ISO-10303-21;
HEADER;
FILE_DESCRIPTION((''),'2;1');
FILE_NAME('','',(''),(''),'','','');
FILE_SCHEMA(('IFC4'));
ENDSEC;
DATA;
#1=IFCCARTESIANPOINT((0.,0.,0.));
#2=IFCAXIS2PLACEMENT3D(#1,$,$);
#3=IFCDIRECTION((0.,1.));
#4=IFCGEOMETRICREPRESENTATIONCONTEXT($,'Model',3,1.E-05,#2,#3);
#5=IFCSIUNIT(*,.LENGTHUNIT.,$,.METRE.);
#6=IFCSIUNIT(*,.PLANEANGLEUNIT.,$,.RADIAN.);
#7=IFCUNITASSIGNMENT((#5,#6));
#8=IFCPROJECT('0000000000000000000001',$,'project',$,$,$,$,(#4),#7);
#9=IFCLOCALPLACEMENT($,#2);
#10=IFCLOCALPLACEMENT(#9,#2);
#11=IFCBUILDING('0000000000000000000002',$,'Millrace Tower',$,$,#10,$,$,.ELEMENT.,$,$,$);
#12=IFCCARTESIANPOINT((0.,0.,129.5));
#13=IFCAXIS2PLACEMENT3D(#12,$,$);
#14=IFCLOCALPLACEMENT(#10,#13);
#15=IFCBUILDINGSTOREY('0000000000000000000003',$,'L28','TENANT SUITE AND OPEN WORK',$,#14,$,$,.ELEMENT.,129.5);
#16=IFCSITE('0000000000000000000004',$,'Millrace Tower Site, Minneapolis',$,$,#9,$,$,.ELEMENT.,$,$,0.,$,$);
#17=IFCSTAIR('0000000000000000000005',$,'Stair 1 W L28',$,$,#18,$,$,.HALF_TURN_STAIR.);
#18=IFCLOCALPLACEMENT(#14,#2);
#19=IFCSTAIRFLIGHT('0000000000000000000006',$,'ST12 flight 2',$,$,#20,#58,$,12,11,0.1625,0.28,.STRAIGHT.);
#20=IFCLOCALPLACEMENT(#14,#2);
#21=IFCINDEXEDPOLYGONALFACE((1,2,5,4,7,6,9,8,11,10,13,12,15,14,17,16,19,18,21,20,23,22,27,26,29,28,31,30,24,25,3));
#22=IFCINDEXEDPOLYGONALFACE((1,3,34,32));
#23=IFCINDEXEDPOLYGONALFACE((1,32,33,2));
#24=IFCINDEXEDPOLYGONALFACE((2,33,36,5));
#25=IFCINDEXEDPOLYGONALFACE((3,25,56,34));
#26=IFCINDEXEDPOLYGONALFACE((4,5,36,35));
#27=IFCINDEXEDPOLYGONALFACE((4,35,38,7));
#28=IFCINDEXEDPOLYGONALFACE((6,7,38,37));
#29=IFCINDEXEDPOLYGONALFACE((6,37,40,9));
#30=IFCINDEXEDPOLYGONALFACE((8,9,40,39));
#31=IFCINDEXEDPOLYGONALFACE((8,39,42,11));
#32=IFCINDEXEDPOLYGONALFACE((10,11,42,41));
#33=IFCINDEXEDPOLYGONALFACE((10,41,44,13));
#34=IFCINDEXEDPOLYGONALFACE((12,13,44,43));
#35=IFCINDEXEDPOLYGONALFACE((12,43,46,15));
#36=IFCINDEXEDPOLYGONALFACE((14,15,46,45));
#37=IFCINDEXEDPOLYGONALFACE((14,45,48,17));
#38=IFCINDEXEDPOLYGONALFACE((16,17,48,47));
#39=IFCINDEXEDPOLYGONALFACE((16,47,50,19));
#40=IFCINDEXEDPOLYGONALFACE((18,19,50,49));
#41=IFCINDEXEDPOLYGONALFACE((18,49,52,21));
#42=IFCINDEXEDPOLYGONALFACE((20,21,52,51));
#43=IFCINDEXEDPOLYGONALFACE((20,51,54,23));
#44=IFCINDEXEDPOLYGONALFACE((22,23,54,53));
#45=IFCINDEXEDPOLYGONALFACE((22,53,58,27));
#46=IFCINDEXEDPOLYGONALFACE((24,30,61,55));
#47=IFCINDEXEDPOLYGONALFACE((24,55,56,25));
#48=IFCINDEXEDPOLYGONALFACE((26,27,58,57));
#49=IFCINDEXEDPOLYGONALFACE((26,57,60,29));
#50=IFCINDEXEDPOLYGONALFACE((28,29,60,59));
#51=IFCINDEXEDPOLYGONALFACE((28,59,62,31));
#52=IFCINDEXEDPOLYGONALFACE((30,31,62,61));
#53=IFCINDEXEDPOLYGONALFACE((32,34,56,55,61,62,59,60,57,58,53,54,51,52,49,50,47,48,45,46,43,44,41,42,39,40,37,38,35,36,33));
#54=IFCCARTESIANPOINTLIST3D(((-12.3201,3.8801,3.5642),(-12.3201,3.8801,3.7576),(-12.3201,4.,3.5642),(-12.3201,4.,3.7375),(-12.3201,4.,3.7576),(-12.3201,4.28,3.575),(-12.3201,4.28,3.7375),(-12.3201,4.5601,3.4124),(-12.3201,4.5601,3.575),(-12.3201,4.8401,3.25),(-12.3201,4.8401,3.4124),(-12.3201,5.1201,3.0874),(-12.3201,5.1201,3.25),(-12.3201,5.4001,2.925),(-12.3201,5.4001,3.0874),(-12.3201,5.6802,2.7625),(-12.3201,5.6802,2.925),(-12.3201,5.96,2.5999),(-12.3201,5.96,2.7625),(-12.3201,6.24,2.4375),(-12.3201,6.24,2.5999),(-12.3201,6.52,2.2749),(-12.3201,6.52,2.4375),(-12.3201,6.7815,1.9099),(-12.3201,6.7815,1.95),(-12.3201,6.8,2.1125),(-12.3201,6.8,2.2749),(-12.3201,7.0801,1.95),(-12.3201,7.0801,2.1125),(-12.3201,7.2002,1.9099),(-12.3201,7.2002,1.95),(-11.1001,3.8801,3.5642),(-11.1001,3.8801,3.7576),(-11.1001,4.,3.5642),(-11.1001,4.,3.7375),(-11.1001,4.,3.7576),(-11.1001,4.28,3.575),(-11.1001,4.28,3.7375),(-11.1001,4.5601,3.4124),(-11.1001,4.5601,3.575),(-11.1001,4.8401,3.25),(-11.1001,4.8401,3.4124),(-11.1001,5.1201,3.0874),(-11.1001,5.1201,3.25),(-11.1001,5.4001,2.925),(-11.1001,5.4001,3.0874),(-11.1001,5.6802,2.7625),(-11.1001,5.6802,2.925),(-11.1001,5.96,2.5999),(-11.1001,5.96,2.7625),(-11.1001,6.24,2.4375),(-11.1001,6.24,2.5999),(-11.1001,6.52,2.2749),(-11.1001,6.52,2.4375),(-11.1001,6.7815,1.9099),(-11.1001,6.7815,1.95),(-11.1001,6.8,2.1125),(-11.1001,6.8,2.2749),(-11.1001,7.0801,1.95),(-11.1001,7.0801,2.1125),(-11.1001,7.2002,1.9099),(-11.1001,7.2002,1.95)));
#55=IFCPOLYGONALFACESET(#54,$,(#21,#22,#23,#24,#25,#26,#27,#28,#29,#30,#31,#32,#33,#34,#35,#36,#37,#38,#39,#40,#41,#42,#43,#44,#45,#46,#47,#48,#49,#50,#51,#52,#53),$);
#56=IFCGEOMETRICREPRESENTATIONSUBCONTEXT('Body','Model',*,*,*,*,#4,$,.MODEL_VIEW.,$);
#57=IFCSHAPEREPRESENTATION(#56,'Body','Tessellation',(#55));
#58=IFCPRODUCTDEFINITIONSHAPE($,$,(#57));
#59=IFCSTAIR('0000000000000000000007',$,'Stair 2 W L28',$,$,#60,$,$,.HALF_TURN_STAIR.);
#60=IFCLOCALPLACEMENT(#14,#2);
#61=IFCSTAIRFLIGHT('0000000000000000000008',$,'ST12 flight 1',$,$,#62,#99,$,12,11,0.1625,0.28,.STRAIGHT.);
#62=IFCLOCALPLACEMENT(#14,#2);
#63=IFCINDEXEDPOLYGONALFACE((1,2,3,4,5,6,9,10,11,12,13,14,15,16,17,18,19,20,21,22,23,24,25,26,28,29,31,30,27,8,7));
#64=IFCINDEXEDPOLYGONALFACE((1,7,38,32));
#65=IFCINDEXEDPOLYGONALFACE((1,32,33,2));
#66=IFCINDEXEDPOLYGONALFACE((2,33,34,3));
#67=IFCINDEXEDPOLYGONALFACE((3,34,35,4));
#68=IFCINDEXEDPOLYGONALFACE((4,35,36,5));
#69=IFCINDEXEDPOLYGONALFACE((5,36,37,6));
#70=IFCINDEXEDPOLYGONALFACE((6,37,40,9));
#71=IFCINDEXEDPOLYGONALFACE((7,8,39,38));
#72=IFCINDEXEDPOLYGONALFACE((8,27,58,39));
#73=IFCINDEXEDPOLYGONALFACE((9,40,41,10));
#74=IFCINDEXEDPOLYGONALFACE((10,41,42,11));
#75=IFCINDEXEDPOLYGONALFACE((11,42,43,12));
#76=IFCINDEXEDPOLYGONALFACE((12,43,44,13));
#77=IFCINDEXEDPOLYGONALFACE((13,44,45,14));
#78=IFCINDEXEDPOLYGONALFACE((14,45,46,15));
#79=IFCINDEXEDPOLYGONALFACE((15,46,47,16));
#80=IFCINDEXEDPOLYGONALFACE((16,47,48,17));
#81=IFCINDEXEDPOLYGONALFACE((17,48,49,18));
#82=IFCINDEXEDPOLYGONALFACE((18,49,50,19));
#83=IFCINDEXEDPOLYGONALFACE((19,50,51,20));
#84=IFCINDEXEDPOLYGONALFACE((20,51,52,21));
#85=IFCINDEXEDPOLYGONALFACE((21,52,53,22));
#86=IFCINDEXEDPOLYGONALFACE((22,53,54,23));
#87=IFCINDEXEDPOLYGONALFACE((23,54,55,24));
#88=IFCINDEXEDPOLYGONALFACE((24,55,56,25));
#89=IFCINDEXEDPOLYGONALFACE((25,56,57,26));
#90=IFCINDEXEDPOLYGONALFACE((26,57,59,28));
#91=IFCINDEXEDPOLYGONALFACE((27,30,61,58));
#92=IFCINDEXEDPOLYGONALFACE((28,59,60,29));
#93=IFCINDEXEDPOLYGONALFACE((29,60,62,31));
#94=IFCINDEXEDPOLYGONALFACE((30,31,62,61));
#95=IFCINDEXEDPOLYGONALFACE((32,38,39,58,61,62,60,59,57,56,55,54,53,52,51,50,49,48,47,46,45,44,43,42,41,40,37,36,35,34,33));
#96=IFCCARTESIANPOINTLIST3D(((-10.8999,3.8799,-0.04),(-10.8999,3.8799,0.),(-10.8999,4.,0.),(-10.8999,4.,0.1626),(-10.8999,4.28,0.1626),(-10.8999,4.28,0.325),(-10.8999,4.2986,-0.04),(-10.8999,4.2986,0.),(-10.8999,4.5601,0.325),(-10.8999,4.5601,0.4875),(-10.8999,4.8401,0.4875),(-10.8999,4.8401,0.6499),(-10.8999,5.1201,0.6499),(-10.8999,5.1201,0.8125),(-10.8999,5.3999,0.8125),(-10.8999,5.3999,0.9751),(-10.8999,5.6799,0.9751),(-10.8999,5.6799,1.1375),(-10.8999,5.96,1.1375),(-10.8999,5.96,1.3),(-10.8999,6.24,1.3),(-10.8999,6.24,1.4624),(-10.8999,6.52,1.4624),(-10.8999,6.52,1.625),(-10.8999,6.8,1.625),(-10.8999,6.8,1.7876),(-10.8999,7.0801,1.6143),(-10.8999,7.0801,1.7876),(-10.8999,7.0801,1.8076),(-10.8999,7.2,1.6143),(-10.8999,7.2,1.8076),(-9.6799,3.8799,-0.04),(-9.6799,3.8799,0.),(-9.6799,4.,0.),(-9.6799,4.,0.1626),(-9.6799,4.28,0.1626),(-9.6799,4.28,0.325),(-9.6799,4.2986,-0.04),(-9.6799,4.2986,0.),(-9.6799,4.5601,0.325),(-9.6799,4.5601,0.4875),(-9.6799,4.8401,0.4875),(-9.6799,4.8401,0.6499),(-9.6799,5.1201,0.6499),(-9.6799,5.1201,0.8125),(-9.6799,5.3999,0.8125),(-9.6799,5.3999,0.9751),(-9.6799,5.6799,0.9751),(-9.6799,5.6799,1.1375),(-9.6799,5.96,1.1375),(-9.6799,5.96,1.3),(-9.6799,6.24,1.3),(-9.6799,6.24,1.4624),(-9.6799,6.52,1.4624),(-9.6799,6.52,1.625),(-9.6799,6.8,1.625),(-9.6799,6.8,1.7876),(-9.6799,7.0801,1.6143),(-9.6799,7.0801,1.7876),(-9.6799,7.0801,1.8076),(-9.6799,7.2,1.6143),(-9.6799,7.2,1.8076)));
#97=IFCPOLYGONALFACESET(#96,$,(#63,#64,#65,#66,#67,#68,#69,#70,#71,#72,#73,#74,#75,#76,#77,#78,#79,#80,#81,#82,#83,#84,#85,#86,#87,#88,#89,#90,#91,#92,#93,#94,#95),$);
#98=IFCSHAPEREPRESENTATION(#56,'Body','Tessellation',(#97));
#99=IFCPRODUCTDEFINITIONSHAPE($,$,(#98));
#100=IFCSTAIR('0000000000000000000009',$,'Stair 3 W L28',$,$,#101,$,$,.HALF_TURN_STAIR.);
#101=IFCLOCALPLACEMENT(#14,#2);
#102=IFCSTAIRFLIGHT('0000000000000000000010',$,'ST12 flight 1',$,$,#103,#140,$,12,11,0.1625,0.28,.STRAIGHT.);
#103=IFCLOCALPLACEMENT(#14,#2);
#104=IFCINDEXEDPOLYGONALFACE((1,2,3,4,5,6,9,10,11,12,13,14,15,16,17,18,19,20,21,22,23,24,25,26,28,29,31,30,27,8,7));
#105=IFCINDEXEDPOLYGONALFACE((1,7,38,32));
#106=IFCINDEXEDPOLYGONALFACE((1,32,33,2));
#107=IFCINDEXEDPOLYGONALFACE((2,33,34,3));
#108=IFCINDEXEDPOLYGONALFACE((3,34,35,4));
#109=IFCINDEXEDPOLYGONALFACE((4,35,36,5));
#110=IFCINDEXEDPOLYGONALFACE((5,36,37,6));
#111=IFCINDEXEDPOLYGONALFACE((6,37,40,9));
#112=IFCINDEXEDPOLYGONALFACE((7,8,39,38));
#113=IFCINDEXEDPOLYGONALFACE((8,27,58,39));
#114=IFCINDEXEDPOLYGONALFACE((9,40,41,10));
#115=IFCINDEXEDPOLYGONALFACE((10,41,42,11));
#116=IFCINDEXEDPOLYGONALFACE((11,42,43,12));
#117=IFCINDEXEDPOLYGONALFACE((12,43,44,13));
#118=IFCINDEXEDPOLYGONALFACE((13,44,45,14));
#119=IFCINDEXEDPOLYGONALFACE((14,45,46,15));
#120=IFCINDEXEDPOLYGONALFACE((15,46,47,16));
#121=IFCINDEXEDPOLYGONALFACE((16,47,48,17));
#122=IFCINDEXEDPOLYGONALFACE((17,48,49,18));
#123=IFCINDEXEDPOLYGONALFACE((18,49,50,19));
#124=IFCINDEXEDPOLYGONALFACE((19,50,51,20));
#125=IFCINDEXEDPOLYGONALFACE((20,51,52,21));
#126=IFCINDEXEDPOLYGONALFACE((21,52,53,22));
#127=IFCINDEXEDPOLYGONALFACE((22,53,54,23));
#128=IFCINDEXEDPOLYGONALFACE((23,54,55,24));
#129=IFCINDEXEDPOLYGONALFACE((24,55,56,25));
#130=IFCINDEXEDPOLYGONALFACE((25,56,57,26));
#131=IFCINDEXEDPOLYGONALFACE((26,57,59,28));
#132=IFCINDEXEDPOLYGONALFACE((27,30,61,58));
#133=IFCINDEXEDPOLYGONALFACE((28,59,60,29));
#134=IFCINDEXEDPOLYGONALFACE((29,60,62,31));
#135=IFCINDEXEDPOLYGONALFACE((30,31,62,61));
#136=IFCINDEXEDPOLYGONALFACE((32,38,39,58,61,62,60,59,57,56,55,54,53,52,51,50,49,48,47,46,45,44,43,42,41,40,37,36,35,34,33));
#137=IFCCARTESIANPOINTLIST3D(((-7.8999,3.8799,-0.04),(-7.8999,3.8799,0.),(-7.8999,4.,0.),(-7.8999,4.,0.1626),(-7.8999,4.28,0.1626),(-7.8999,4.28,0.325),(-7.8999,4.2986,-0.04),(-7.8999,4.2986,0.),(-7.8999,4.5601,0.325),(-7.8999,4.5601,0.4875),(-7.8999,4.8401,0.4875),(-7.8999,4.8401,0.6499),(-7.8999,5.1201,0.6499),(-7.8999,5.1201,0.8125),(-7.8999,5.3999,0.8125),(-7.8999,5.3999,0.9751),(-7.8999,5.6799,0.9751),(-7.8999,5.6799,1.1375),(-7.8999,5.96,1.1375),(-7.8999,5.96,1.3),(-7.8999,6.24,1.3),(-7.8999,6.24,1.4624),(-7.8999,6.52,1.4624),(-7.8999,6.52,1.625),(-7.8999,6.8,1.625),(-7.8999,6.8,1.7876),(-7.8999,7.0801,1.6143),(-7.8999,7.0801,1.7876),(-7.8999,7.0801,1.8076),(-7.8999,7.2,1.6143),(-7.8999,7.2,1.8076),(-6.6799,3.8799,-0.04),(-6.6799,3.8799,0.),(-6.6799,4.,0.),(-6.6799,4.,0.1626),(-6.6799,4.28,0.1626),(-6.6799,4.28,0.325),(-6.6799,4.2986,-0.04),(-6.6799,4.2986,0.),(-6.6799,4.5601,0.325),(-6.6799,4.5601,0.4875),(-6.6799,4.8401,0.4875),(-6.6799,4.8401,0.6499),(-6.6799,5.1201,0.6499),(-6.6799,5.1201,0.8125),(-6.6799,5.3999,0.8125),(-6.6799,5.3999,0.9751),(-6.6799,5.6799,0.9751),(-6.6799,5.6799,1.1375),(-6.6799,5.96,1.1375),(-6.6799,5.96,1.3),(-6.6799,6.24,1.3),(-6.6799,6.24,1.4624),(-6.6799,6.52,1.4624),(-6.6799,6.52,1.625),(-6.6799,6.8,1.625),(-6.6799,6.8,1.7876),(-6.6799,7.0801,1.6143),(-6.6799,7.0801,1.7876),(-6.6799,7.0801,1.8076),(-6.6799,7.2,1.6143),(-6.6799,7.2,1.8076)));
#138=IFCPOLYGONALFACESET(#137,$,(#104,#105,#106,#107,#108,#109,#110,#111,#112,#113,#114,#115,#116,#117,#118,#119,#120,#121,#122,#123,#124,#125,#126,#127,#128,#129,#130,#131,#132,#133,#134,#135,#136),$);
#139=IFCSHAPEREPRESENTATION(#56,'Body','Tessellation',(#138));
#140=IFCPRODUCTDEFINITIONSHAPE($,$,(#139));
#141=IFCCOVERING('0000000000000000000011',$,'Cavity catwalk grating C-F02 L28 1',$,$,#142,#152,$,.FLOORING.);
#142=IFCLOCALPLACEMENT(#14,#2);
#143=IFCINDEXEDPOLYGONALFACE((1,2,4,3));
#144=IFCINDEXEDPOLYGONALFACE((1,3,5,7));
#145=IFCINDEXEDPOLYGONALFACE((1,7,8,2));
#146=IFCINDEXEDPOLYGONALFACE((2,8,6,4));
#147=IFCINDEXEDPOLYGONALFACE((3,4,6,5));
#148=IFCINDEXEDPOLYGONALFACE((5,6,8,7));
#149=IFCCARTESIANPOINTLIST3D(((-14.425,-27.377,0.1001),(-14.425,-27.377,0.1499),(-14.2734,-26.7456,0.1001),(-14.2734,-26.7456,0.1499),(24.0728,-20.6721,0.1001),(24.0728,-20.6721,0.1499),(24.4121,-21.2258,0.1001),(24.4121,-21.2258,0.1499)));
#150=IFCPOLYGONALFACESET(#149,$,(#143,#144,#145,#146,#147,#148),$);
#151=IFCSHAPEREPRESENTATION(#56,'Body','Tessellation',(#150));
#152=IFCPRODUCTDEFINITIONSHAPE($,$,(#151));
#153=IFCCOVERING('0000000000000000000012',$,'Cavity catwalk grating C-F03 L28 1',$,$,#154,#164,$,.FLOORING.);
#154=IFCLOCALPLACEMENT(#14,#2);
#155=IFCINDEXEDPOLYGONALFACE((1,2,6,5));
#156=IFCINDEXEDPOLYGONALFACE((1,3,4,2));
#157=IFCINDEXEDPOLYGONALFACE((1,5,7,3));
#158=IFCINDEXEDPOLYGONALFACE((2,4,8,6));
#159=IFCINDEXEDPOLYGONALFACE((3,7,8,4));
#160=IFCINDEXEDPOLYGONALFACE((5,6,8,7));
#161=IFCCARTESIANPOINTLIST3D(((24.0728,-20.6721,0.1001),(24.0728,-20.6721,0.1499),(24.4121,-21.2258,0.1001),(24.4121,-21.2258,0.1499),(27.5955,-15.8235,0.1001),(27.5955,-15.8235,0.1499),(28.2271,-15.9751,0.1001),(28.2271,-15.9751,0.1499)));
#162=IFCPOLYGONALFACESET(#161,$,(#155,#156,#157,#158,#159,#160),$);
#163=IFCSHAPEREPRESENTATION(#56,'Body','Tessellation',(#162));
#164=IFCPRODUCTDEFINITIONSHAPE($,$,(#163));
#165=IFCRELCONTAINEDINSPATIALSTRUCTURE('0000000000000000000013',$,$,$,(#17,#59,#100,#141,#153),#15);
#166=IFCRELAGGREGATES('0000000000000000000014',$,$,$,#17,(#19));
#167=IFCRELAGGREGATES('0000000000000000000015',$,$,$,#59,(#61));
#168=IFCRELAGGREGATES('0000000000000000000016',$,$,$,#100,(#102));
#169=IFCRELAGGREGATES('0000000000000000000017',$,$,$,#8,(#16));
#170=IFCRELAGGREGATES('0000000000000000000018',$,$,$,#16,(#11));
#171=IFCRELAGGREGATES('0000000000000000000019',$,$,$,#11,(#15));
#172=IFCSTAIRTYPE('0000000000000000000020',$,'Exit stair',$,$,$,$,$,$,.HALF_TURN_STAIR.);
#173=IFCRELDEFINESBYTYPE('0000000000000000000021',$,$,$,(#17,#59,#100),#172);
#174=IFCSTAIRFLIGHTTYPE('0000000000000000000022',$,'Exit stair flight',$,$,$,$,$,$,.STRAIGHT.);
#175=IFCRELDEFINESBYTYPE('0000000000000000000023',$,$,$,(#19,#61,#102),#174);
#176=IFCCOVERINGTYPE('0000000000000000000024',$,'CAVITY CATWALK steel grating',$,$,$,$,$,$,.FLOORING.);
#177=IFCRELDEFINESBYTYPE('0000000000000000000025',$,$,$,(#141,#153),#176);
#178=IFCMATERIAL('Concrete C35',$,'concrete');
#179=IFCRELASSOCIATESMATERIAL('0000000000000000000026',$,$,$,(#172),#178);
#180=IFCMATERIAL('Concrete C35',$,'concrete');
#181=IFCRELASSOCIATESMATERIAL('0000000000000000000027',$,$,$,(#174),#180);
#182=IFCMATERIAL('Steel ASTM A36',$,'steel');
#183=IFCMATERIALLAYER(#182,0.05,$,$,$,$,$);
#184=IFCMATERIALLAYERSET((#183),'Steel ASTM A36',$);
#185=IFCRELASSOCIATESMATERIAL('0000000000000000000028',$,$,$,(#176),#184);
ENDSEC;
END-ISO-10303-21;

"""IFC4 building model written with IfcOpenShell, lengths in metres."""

from ifc_helpers import new_model, si_unit, direction, frame, origin, place, context, subcontext, project, spatial, polyline, outline, extrude, material, layer, layer_set, type_object, element, aggregate, save


model = new_model("IFC4")

# Units and contexts
model_context = context("Model", 3, precision=1e-05, world=origin(), true_north=direction((0.0, 1.0)))
body_context = subcontext(model_context, "Body", "Model", "MODEL_VIEW")
ifc_project = project(units=[si_unit("LENGTHUNIT", "METRE"), si_unit("PLANEANGLEUNIT", "RADIAN")], contexts=[model_context])

# Site, building, storey
site_placement = place(None, origin())
site = spatial("IfcSite", under=ifc_project, at=site_placement, Name="Millrace Tower Site, Minneapolis", CompositionType="ELEMENT", RefElevation=0.0)
building_placement = place(site_placement, origin())
building = spatial("IfcBuilding", under=site, at=building_placement, Name="Millrace Tower", CompositionType="ELEMENT")
storey_placement = place(building_placement, frame((0.0, 0.0, 129.5)))
storey = spatial("IfcBuildingStorey", under=building, at=storey_placement, Name="L28", Description="TENANT SUITE AND OPEN WORK", CompositionType="ELEMENT", Elevation=129.5)

# Shared definitions
placement_1 = place(storey_placement, origin())

# Stair, stair flight
ifc_material_1 = material(Name="Concrete C35", Category="concrete")
stair_type = type_object("IfcStairType", Name="Exit stair", PredefinedType="HALF_TURN_STAIR", material=ifc_material_1)
stair_1 = element("IfcStair", 1, at=placement_1, inside=storey, type_object=stair_type, Name="Stair 1 W L28", PredefinedType="HALF_TURN_STAIR")
ifc_material_2 = material(Name="Concrete C35", Category="concrete")
stair_flight_type = type_object("IfcStairFlightType", Name="Exit stair flight", PredefinedType="STRAIGHT", material=ifc_material_2)
stair_flight_1_placement = place(storey_placement, frame((-11.71, 7.0801, 1.95), z_axis=(0.0, 0.0, 1.0), x_axis=(0.0, -1.0, 0.0)))
stair_flight_1 = element("IfcStairFlight", 2, at=stair_flight_1_placement, type_object=stair_flight_type, Name="ST12 flight 2", NumberOfRisers=12, NumberOfTreads=11, PredefinedType="STRAIGHT", RiserHeight=0.1625, TreadLength=0.28, context=body_context, shape_type="SweptSolid", body=[
    extrude(outline(polyline([(-0.1201, -0.04), (-0.1201, 0.0), (0.0, 0.0), (0.0, 0.1626), (0.28, 0.1626), (0.28, 0.325), (0.5601, 0.325), (0.5601, 0.4875), (0.8401, 0.4875), (0.8401, 0.6499), (1.1201, 0.6499), (1.1201, 0.8125), (1.3999, 0.8125), (1.3999, 0.9751), (1.6799, 0.9751), (1.6799, 1.1375), (1.96, 1.1375), (1.96, 1.3), (2.24, 1.3), (2.24, 1.4624), (2.52, 1.4624), (2.52, 1.625), (2.8, 1.625), (2.8, 1.7876), (3.0801, 1.7876), (3.0801, 1.8076), (3.2, 1.8076), (3.2, 1.6143), (3.0801, 1.6143), (0.2986, 0.0), (0.2986, -0.04), (-0.1201, -0.04)])), frame((0.0, 0.6099, 0.0), z_axis=(0.0, -1.0, 0.0), x_axis=(1.0, 0.0, 0.0)), (0.0, 0.0, 1.0), 1.22),
])
aggregate(stair_1, [stair_flight_1])

# Stairs, stair flights
stair_2 = element("IfcStair", 3, at=placement_1, inside=storey, type_object=stair_type, Name="Stair 2 W L28", PredefinedType="HALF_TURN_STAIR")
stair_flight_2_placement = place(storey_placement, frame((-10.29, 4.0, 0.0), z_axis=(0.0, 0.0, 1.0), x_axis=(0.0, 1.0, 0.0)))
stair_flight_2 = element("IfcStairFlight", 4, at=stair_flight_2_placement, type_object=stair_flight_type, Name="ST12 flight 1", NumberOfRisers=12, NumberOfTreads=11, PredefinedType="STRAIGHT", RiserHeight=0.1625, TreadLength=0.28, context=body_context, shape_type="SweptSolid", body=[
    extrude(outline(polyline([(-0.1201, -0.04), (-0.1201, 0.0), (0.0, 0.0), (0.0, 0.1626), (0.28, 0.1626), (0.28, 0.325), (0.5601, 0.325), (0.5601, 0.4875), (0.8401, 0.4875), (0.8401, 0.6499), (1.1201, 0.6499), (1.1201, 0.8125), (1.3999, 0.8125), (1.3999, 0.9751), (1.6799, 0.9751), (1.6799, 1.1375), (1.96, 1.1375), (1.96, 1.3), (2.24, 1.3), (2.24, 1.4624), (2.52, 1.4624), (2.52, 1.625), (2.8, 1.625), (2.8, 1.7876), (3.0801, 1.7876), (3.0801, 1.8076), (3.2, 1.8076), (3.2, 1.6143), (3.0801, 1.6143), (0.2986, 0.0), (0.2986, -0.04), (-0.1201, -0.04)])), frame((0.0, 0.6099, 0.0), z_axis=(0.0, -1.0, 0.0), x_axis=(1.0, 0.0, 0.0)), (0.0, 0.0, 1.0), 1.22),
])
aggregate(stair_2, [stair_flight_2])
stair_3 = element("IfcStair", 5, at=placement_1, inside=storey, type_object=stair_type, Name="Stair 3 W L28", PredefinedType="HALF_TURN_STAIR")
stair_flight_3_placement = place(storey_placement, frame((-7.29, 4.0, 0.0), z_axis=(0.0, 0.0, 1.0), x_axis=(0.0, 1.0, 0.0)))
stair_flight_3 = element("IfcStairFlight", 6, at=stair_flight_3_placement, type_object=stair_flight_type, Name="ST12 flight 1", NumberOfRisers=12, NumberOfTreads=11, PredefinedType="STRAIGHT", RiserHeight=0.1625, TreadLength=0.28, context=body_context, shape_type="SweptSolid", body=[
    extrude(outline(polyline([(-0.1201, -0.04), (-0.1201, 0.0), (0.0, 0.0), (0.0, 0.1626), (0.28, 0.1626), (0.28, 0.325), (0.5601, 0.325), (0.5601, 0.4875), (0.8401, 0.4875), (0.8401, 0.6499), (1.1201, 0.6499), (1.1201, 0.8125), (1.3999, 0.8125), (1.3999, 0.9751), (1.6799, 0.9751), (1.6799, 1.1375), (1.96, 1.1375), (1.96, 1.3), (2.24, 1.3), (2.24, 1.4624), (2.52, 1.4624), (2.52, 1.625), (2.8, 1.625), (2.8, 1.7876), (3.0801, 1.7876), (3.0801, 1.8076), (3.2, 1.8076), (3.2, 1.6143), (3.0801, 1.6143), (0.2986, 0.0), (0.2986, -0.04), (-0.1201, -0.04)])), frame((0.0, 0.6099, 0.0), z_axis=(0.0, -1.0, 0.0), x_axis=(1.0, 0.0, 0.0)), (0.0, 0.0, 1.0), 1.22),
])
aggregate(stair_3, [stair_flight_3])

# Coverings
ifc_material_3 = material(Name="Steel ASTM A36", Category="steel")
ifc_layer_1 = layer(ifc_material_3, 0.05)
ifc_layer_set_1 = layer_set([ifc_layer_1], Name="Steel ASTM A36")
covering_type = type_object("IfcCoveringType", Name="CAVITY CATWALK steel grating", PredefinedType="FLOORING", material=ifc_layer_set_1)
placement_2 = place(storey_placement, frame((0.0, 0.0, 0.1001)))
element("IfcCovering", 7, at=placement_2, inside=storey, type_object=covering_type, Name="Cavity catwalk grating C-F02 L28 1", PredefinedType="FLOORING", context=body_context, shape_type="SweptSolid", body=[
    extrude(outline(polyline([(-14.425, -27.377), (24.4121, -21.2258), (24.0728, -20.6721), (-14.2734, -26.7456), (-14.425, -27.377)])), origin(), (0.0, 0.0, 1.0), 0.0498),
])
element("IfcCovering", 8, at=placement_2, inside=storey, type_object=covering_type, Name="Cavity catwalk grating C-F03 L28 1", PredefinedType="FLOORING", context=body_context, shape_type="SweptSolid", body=[
    extrude(outline(polyline([(24.4121, -21.2258), (28.2271, -15.9751), (27.5955, -15.8235), (24.0728, -20.6721), (24.4121, -21.2258)])), origin(), (0.0, 0.0, 1.0), 0.0498),
])

save(model, "model.ifc")
